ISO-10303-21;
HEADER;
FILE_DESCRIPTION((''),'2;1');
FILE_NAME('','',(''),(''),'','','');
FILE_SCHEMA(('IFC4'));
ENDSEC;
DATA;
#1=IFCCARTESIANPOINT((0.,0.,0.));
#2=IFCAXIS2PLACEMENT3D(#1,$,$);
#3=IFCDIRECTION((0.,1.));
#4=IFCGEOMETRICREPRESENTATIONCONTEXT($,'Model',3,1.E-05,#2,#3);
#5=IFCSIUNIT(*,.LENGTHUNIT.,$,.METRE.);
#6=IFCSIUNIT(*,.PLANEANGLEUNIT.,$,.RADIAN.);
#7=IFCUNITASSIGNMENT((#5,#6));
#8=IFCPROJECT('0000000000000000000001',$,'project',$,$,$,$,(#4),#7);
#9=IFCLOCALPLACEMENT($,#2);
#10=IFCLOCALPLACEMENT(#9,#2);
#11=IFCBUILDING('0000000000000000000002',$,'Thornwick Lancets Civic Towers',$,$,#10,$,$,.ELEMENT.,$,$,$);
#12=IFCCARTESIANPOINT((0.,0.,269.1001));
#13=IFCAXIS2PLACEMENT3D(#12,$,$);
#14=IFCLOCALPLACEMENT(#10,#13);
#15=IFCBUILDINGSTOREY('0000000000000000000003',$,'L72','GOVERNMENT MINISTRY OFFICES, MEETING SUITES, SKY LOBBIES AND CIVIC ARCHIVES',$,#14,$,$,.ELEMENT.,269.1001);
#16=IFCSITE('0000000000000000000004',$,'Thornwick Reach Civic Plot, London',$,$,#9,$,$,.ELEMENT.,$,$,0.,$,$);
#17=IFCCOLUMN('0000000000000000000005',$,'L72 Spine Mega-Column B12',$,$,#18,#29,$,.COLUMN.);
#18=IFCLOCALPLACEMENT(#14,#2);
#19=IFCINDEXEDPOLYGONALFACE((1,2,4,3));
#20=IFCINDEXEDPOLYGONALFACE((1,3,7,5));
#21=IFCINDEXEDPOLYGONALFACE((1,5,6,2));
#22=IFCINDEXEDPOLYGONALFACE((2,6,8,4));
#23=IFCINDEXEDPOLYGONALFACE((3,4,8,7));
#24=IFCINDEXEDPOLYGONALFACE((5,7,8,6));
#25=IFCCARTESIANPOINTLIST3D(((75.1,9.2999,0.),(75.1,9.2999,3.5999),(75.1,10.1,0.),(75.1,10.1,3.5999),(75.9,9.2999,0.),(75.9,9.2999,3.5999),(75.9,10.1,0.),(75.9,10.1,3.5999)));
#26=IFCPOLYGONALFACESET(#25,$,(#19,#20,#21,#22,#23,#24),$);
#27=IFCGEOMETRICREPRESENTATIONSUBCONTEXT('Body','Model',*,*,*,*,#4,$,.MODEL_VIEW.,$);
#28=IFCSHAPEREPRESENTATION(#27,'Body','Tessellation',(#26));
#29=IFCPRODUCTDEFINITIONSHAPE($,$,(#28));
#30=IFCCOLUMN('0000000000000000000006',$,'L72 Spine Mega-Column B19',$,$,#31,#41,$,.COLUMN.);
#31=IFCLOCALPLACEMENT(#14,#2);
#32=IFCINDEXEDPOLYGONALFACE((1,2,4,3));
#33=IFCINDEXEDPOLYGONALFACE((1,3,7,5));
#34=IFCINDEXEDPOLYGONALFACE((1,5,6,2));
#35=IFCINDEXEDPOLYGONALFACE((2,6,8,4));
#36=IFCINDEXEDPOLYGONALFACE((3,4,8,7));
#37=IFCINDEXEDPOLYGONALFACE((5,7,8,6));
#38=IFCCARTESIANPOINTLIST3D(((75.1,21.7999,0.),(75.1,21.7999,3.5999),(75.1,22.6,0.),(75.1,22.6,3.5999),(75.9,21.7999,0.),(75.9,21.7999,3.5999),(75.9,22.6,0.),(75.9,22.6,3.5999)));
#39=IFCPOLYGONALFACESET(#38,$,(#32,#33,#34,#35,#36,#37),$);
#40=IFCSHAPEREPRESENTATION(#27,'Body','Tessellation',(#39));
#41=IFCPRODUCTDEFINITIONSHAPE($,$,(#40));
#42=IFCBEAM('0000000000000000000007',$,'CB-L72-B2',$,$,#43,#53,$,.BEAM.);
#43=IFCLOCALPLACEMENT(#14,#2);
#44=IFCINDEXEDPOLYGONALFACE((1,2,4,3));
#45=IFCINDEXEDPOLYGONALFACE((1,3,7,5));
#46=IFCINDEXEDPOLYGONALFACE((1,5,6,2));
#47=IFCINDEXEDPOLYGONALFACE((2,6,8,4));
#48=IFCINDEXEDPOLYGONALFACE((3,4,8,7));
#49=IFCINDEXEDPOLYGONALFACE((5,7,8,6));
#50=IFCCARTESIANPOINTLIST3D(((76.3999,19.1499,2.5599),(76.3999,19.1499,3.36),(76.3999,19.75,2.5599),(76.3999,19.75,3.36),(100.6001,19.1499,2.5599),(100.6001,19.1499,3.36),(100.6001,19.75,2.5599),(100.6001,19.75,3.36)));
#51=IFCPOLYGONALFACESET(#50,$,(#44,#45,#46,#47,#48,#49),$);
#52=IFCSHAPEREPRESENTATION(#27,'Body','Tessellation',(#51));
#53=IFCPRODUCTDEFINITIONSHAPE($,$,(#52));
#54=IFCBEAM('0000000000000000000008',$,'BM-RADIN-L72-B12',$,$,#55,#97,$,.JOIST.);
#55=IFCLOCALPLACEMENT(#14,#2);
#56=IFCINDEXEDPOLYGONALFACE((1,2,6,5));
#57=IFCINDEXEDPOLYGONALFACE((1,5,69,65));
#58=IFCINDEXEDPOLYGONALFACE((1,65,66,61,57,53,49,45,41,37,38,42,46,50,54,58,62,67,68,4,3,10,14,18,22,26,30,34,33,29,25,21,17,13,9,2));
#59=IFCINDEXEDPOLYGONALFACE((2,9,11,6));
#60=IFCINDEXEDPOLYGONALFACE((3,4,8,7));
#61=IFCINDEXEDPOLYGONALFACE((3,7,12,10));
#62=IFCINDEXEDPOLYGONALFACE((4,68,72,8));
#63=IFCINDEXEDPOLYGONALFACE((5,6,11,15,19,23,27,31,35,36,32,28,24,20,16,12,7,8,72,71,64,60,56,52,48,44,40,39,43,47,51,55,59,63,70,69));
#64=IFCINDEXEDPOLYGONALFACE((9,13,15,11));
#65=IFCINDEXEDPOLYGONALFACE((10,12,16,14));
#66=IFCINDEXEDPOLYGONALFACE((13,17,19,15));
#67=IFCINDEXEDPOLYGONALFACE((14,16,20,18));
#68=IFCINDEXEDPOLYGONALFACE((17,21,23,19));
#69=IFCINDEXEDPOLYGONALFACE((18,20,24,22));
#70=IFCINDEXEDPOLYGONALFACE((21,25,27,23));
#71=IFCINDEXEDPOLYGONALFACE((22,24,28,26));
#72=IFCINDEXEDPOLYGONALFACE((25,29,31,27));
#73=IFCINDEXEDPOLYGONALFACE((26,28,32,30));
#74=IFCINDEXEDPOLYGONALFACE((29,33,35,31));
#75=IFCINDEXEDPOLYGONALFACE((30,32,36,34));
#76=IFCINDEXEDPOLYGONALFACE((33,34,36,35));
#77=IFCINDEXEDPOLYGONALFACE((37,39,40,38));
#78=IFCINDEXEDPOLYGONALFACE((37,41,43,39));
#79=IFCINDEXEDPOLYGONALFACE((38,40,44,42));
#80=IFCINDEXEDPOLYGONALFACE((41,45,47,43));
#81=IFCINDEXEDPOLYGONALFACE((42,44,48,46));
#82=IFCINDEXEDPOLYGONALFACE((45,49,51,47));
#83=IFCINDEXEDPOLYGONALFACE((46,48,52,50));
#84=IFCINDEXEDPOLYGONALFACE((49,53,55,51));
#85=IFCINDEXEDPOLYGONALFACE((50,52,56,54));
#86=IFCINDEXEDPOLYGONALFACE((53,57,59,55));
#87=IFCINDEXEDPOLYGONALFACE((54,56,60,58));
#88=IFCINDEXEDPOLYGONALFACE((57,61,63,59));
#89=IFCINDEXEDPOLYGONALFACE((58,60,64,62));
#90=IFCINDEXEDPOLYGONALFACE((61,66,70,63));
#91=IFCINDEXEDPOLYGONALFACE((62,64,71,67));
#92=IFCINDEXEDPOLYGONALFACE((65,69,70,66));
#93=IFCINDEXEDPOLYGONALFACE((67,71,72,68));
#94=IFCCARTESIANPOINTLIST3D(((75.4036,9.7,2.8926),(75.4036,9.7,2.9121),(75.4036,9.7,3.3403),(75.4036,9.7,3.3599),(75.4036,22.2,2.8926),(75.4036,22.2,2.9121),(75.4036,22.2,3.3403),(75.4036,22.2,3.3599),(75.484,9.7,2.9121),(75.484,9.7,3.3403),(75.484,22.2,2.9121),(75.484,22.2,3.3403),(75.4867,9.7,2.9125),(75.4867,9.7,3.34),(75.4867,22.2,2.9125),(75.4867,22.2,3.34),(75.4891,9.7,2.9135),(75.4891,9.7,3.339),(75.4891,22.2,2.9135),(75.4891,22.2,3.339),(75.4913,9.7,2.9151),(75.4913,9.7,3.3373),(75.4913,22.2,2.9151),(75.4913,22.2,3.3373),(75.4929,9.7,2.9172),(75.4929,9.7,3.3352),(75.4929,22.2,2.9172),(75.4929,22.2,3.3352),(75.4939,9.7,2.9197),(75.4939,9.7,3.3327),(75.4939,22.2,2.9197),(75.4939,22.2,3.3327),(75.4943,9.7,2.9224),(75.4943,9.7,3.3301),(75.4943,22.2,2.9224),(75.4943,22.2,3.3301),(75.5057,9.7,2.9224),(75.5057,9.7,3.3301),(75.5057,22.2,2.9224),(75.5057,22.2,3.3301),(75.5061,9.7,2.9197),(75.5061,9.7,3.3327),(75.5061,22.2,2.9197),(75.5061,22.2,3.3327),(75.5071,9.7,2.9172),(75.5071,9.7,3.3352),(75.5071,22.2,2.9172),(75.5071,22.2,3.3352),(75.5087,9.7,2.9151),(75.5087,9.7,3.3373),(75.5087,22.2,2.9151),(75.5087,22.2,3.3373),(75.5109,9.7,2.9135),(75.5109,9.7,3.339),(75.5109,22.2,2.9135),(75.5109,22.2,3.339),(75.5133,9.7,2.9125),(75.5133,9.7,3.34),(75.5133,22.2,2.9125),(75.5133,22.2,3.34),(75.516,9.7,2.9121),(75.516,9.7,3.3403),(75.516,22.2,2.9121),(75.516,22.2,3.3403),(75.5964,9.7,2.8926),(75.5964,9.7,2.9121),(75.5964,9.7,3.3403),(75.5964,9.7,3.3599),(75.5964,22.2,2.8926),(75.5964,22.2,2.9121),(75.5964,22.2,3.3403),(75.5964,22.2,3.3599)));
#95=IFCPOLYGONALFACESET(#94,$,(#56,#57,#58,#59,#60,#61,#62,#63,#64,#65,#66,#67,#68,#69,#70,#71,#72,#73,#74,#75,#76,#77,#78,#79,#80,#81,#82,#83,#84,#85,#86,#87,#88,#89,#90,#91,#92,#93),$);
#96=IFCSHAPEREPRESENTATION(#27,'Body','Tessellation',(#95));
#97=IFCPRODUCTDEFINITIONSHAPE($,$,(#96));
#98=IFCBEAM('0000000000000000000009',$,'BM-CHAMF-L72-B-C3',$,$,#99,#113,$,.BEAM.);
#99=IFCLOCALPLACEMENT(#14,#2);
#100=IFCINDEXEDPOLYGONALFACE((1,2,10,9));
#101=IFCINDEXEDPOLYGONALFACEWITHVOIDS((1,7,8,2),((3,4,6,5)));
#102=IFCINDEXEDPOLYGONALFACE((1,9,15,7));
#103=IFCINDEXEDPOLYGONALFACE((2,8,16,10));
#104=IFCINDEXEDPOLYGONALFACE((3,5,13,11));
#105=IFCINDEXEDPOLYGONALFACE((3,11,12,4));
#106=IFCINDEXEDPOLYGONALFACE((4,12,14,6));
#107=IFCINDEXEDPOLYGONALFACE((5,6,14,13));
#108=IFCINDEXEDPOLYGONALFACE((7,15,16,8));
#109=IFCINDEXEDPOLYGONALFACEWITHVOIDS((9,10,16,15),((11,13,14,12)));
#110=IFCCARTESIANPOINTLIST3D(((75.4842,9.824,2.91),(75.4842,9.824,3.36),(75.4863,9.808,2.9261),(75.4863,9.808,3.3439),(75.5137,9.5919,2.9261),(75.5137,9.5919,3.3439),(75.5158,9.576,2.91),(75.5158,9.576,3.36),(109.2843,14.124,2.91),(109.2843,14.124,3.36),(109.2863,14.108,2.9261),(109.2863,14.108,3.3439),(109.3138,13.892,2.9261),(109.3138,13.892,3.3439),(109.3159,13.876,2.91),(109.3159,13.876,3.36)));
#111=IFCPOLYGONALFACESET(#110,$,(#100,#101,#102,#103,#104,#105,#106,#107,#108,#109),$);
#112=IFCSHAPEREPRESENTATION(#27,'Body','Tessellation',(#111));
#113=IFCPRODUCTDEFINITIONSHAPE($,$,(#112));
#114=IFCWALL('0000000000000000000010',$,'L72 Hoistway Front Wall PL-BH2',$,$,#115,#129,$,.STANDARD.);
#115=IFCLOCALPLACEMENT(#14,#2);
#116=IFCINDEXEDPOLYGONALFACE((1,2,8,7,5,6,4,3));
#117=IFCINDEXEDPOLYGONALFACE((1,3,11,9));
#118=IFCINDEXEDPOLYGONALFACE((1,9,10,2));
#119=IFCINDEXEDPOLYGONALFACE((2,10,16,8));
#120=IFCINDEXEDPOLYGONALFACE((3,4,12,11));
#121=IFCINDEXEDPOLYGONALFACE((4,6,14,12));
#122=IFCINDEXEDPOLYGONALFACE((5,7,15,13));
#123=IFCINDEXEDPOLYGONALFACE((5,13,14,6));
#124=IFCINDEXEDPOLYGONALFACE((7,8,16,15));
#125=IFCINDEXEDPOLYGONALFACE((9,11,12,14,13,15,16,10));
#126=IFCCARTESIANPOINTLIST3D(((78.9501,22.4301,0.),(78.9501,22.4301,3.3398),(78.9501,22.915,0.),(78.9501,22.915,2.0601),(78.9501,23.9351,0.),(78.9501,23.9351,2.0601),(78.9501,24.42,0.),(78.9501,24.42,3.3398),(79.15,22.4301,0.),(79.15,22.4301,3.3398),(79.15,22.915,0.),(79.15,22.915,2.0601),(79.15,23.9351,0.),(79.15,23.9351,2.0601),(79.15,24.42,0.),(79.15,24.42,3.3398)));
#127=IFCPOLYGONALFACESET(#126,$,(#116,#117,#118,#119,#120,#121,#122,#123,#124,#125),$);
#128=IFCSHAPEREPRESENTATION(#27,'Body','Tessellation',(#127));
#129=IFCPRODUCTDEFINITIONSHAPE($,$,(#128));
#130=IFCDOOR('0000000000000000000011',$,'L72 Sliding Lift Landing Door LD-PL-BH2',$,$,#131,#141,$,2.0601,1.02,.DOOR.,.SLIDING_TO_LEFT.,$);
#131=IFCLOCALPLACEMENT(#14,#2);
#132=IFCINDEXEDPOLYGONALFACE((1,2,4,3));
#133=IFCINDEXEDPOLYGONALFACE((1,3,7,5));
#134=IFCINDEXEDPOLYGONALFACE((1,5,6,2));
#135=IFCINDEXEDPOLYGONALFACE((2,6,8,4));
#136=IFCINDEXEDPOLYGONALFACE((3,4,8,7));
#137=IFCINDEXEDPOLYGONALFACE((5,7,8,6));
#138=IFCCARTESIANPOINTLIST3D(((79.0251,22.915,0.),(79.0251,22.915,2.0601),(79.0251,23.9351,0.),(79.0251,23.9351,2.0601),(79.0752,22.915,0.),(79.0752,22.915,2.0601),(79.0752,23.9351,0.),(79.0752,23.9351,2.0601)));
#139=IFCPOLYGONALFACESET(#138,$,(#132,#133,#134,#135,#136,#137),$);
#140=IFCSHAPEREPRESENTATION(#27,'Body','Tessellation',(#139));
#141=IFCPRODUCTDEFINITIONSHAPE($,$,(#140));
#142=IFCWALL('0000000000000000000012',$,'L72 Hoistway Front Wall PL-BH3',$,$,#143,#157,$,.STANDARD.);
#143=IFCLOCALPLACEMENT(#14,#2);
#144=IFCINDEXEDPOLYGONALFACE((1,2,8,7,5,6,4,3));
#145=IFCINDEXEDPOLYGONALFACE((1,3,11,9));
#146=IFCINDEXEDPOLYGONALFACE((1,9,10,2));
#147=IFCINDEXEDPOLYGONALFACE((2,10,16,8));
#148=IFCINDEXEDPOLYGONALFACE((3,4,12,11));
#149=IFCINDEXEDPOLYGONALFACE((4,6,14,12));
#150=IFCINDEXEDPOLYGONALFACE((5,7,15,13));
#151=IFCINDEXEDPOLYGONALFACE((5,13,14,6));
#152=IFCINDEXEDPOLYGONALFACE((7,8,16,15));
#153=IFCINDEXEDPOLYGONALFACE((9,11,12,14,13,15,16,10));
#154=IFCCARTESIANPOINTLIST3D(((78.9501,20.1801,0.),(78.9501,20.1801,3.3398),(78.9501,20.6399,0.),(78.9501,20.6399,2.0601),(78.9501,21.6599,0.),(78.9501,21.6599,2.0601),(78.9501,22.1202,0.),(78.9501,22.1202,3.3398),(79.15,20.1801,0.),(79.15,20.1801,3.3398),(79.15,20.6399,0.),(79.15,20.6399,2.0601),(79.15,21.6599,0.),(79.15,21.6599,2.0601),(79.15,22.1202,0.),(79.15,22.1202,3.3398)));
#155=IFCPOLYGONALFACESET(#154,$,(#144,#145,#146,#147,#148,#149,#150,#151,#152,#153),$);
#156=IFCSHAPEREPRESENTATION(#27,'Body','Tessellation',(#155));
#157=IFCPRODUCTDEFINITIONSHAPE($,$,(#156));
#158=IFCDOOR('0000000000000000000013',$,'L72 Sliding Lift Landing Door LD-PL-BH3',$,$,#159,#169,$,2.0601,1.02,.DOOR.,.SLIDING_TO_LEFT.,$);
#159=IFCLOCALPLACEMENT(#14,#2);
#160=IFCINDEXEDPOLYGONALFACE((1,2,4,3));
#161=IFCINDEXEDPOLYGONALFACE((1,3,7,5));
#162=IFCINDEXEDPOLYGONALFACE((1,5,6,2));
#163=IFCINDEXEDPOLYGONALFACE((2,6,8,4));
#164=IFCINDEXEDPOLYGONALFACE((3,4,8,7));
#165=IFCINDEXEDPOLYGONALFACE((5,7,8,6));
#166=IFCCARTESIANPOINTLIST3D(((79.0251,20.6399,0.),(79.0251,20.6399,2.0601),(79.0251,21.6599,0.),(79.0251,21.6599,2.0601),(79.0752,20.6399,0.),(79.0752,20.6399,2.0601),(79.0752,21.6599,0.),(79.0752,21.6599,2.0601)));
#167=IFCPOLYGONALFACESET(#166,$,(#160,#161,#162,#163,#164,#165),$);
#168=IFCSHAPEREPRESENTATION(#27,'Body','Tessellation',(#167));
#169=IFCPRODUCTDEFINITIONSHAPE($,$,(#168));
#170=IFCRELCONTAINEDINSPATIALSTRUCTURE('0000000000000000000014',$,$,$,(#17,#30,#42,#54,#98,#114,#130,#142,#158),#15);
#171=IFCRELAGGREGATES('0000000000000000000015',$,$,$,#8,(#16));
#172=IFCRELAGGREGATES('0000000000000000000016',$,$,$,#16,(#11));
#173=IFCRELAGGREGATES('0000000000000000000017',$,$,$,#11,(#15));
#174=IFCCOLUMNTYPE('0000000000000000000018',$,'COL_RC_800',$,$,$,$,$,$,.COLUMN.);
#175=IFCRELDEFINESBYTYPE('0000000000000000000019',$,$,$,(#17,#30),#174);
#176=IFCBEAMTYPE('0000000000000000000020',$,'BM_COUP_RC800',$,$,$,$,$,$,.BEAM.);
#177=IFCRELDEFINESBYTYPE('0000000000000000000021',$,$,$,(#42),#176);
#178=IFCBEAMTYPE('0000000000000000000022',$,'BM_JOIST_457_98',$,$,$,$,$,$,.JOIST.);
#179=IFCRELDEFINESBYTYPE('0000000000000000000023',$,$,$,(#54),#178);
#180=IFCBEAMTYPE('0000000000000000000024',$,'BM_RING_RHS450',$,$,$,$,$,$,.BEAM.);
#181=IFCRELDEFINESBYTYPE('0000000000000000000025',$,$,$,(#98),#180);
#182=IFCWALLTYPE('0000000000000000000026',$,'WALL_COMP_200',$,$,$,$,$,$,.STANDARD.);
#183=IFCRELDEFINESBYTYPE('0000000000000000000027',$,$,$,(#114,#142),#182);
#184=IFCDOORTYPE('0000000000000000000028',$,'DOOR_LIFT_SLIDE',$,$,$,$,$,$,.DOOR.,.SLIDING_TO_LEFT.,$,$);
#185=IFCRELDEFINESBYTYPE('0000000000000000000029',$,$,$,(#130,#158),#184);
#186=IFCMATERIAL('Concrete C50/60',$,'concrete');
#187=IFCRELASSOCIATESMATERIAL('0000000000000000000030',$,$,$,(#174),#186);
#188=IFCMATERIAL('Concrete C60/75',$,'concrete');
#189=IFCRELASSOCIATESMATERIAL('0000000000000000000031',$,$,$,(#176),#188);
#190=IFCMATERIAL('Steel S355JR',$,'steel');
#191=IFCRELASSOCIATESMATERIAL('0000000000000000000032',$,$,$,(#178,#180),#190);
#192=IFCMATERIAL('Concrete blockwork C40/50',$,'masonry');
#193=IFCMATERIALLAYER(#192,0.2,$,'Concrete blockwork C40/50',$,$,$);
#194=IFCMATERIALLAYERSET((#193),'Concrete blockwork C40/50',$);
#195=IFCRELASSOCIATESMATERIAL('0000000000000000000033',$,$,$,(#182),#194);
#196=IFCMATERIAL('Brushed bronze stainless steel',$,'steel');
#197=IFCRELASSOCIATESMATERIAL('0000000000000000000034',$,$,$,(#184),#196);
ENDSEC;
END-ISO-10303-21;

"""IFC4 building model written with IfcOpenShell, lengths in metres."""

from ifc_helpers import new_model, si_unit, direction, frame, frame_2d, origin, origin_2d, place, context, subcontext, project, spatial, rectangle, hollow_rectangle, i_section, extrude, material, layer, layer_set, material_profile, profile_set, type_object, element, fill, save


model = new_model("IFC4")

# Units and contexts
model_context = context("Model", 3, precision=1e-05, world=origin(), true_north=direction((0.0, 1.0)))
body_context = subcontext(model_context, "Body", "Model", "MODEL_VIEW")
ifc_project = project(units=[si_unit("LENGTHUNIT", "METRE"), si_unit("PLANEANGLEUNIT", "RADIAN")], contexts=[model_context])

# Site, building, storey
site_placement = place(None, origin())
site = spatial("IfcSite", under=ifc_project, at=site_placement, Name="Thornwick Reach Civic Plot, London", CompositionType="ELEMENT", RefElevation=0.0)
building_placement = place(site_placement, origin())
building = spatial("IfcBuilding", under=site, at=building_placement, Name="Thornwick Lancets Civic Towers", CompositionType="ELEMENT")
storey_placement = place(building_placement, frame((0.0, 0.0, 269.1001)))
storey = spatial("IfcBuildingStorey", under=building, at=storey_placement, Name="L72", Description="GOVERNMENT MINISTRY OFFICES, MEETING SUITES, SKY LOBBIES AND CIVIC ARCHIVES", CompositionType="ELEMENT", Elevation=269.1001)

# Columns
ifc_material_1 = material(Name="Concrete C50/60", Category="concrete")
ifc_material_profile_1 = material_profile(ifc_material_1, rectangle(XDim=0.8, YDim=0.8, at=origin_2d()), Name="RC 800x800")
ifc_profile_set_1 = profile_set([ifc_material_profile_1], Name="Concrete C50/60")
column_type = type_object("IfcColumnType", Name="COL_RC_800", PredefinedType="COLUMN", material=ifc_profile_set_1)
for number, where, z_axis, x_axis, name in (
    (1, (75.5, 9.7, 0.0), (0.0, 0.0, 1.0), (1.0, 0.0, 0.0), "L72 Spine Mega-Column B12"),
    (2, (75.5, 22.2, 0.0), (0.0, 0.0, 1.0), (1.0, 0.0, 0.0), "L72 Spine Mega-Column B19"),
):
    element("IfcColumn", number, at=place(storey_placement, frame(where, z_axis=z_axis, x_axis=x_axis)), inside=storey, type_object=column_type, Name=name, PredefinedType="COLUMN", context=body_context, shape_type="SweptSolid", body=[
        extrude(rectangle(XDim=0.8, YDim=0.8, at=origin_2d()), origin(), (0.0, 0.0, 1.0), 3.5999),
    ])

# Beams
ifc_material_2 = material(Name="Concrete C60/75", Category="concrete")
ifc_material_profile_2 = material_profile(ifc_material_2, rectangle(XDim=0.6001, YDim=0.8, at=origin_2d()), Name="RC 600x800")
ifc_profile_set_2 = profile_set([ifc_material_profile_2], Name="Concrete C60/75")
beam_type_1 = type_object("IfcBeamType", Name="BM_COUP_RC800", PredefinedType="BEAM", material=ifc_profile_set_2)
beam_1_placement = place(storey_placement, frame((76.3999, 19.45, 2.96), z_axis=(1.0, 0.0, 0.0), x_axis=(0.0, 1.0, 0.0)))
element("IfcBeam", 3, at=beam_1_placement, inside=storey, type_object=beam_type_1, Name="CB-L72-B2", PredefinedType="BEAM", context=body_context, shape_type="SweptSolid", body=[
    extrude(rectangle(XDim=0.6001, YDim=0.8, at=origin_2d()), origin(), (0.0, 0.0, 1.0), 24.2002),
])
ifc_material_3 = material(Name="Steel S355JR", Category="steel")
ifc_material_profile_3 = material_profile(ifc_material_3, i_section(OverallWidth=0.1929, OverallDepth=0.4673, WebThickness=0.0115, FlangeThickness=0.0195, FilletRadius=0.0103, at=origin_2d()), Name="UKB 457x191x98")
ifc_profile_set_3 = profile_set([ifc_material_profile_3], Name="Steel S355JR")
beam_type_2 = type_object("IfcBeamType", Name="BM_JOIST_457_98", PredefinedType="JOIST", material=ifc_profile_set_3)
beam_2_placement = place(storey_placement, frame((75.5, 22.2, 3.1262), z_axis=(0.0, -1.0, 0.0), x_axis=(1.0, 0.0, 0.0)))
element("IfcBeam", 4, at=beam_2_placement, inside=storey, type_object=beam_type_2, Name="BM-RADIN-L72-B12", PredefinedType="JOIST", context=body_context, shape_type="SweptSolid", body=[
    extrude(i_section(OverallWidth=0.1929, OverallDepth=0.4673, WebThickness=0.0115, FlangeThickness=0.0195, FilletRadius=0.0103, at=origin_2d()), origin(), (0.0, 0.0, 1.0), 12.5),
])
ifc_material_profile_4 = material_profile(ifc_material_3, hollow_rectangle(XDim=0.25, YDim=0.45, WallThickness=0.0161, at=origin_2d()), Name="RHS 450x250x16")
ifc_profile_set_4 = profile_set([ifc_material_profile_4], Name="Steel S355JR")
beam_type_3 = type_object("IfcBeamType", Name="BM_RING_RHS450", PredefinedType="BEAM", material=ifc_profile_set_4)
beam_3_placement = place(storey_placement, frame((75.5, 9.7, 3.135), z_axis=(0.992004, 0.126203, 0.0), x_axis=(-0.126203, 0.992004, 0.0)))
element("IfcBeam", 5, at=beam_3_placement, inside=storey, type_object=beam_type_3, Name="BM-CHAMF-L72-B-C3", PredefinedType="BEAM", context=body_context, shape_type="SweptSolid", body=[
    extrude(hollow_rectangle(XDim=0.25, YDim=0.45, WallThickness=0.0161, at=origin_2d()), origin(), (0.0, 0.0, 1.0), 34.0725),
])

# Walls, openings, doors
ifc_material_4 = material(Name="Concrete blockwork C40/50", Category="masonry")
ifc_layer_1 = layer(ifc_material_4, 0.2, Name="Concrete blockwork C40/50")
ifc_layer_set_1 = layer_set([ifc_layer_1], Name="Concrete blockwork C40/50")
wall_type_1 = type_object("IfcWallType", Name="WALL_COMP_200", PredefinedType="STANDARD", material=ifc_layer_set_1)
wall_1_placement = place(storey_placement, frame((79.05, 22.4299, 0.0), z_axis=(0.0, 0.0, 1.0), x_axis=(0.0, 1.0, 0.0)))
wall_1 = element("IfcWall", 6, at=wall_1_placement, inside=storey, type_object=wall_type_1, Name="L72 Hoistway Front Wall PL-BH2", PredefinedType="STANDARD", context=body_context, shape_type="SweptSolid", body=[
    extrude(rectangle(XDim=1.99, YDim=0.2, at=frame_2d((0.9951, 0.0))), origin(), (0.0, 0.0, 1.0), 3.3398),
])
opening_1_placement = place(wall_1_placement, frame((0.4851, 0.0, 0.0)))
opening_1 = element("IfcOpeningElement", 7, at=opening_1_placement, cuts=wall_1, PredefinedType="OPENING", context=body_context, shape_type="SweptSolid", body=[
    extrude(rectangle(XDim=1.02, YDim=2.0601, at=frame_2d((0.51, 1.03))), frame((0.0, 0.1099, 0.0), z_axis=(0.0, -1.0, 0.0), x_axis=(1.0, 0.0, 0.0)), (0.0, 0.0, 1.0), 0.22),
])
ifc_material_5 = material(Name="Brushed bronze stainless steel", Category="steel")
door_type = type_object("IfcDoorType", Name="DOOR_LIFT_SLIDE", OperationType="SLIDING_TO_LEFT", PredefinedType="DOOR", material=ifc_material_5)
door_1_placement = place(opening_1_placement, origin())
door_1 = element("IfcDoor", 8, at=door_1_placement, inside=storey, type_object=door_type, Name="L72 Sliding Lift Landing Door LD-PL-BH2", OperationType="SLIDING_TO_LEFT", OverallHeight=2.0601, OverallWidth=1.02, PredefinedType="DOOR", context=body_context, shape_type="SweptSolid", body=[
    extrude(rectangle(XDim=1.02, YDim=2.0601, at=frame_2d((0.51, 1.03))), frame((0.0, 0.0249, 0.0), z_axis=(0.0, -1.0, 0.0), x_axis=(1.0, 0.0, 0.0)), (0.0, 0.0, 1.0), 0.05),
])
fill(opening_1, door_1)
wall_2_placement = place(storey_placement, frame((79.05, 20.1799, 0.0), z_axis=(0.0, 0.0, 1.0), x_axis=(0.0, 1.0, 0.0)))
wall_2 = element("IfcWall", 9, at=wall_2_placement, inside=storey, type_object=wall_type_1, Name="L72 Hoistway Front Wall PL-BH3", PredefinedType="STANDARD", context=body_context, shape_type="SweptSolid", body=[
    extrude(rectangle(XDim=1.9402, YDim=0.2, at=frame_2d((0.9702, 0.0))), origin(), (0.0, 0.0, 1.0), 3.3398),
])
opening_2_placement = place(wall_2_placement, frame((0.46, 0.0, 0.0)))
opening_2 = element("IfcOpeningElement", 10, at=opening_2_placement, cuts=wall_2, PredefinedType="OPENING", context=body_context, shape_type="SweptSolid", body=[
    extrude(rectangle(XDim=1.02, YDim=2.0601, at=frame_2d((0.51, 1.03))), frame((0.0, 0.1099, 0.0), z_axis=(0.0, -1.0, 0.0), x_axis=(1.0, 0.0, 0.0)), (0.0, 0.0, 1.0), 0.22),
])
door_2_placement = place(opening_2_placement, origin())
door_2 = element("IfcDoor", 11, at=door_2_placement, inside=storey, type_object=door_type, Name="L72 Sliding Lift Landing Door LD-PL-BH3", OperationType="SLIDING_TO_LEFT", OverallHeight=2.0601, OverallWidth=1.02, PredefinedType="DOOR", context=body_context, shape_type="SweptSolid", body=[
    extrude(rectangle(XDim=1.02, YDim=2.0601, at=frame_2d((0.51, 1.03))), frame((0.0, 0.0249, 0.0), z_axis=(0.0, -1.0, 0.0), x_axis=(1.0, 0.0, 0.0)), (0.0, 0.0, 1.0), 0.05),
])
fill(opening_2, door_2)

save(model, "model.ifc")
